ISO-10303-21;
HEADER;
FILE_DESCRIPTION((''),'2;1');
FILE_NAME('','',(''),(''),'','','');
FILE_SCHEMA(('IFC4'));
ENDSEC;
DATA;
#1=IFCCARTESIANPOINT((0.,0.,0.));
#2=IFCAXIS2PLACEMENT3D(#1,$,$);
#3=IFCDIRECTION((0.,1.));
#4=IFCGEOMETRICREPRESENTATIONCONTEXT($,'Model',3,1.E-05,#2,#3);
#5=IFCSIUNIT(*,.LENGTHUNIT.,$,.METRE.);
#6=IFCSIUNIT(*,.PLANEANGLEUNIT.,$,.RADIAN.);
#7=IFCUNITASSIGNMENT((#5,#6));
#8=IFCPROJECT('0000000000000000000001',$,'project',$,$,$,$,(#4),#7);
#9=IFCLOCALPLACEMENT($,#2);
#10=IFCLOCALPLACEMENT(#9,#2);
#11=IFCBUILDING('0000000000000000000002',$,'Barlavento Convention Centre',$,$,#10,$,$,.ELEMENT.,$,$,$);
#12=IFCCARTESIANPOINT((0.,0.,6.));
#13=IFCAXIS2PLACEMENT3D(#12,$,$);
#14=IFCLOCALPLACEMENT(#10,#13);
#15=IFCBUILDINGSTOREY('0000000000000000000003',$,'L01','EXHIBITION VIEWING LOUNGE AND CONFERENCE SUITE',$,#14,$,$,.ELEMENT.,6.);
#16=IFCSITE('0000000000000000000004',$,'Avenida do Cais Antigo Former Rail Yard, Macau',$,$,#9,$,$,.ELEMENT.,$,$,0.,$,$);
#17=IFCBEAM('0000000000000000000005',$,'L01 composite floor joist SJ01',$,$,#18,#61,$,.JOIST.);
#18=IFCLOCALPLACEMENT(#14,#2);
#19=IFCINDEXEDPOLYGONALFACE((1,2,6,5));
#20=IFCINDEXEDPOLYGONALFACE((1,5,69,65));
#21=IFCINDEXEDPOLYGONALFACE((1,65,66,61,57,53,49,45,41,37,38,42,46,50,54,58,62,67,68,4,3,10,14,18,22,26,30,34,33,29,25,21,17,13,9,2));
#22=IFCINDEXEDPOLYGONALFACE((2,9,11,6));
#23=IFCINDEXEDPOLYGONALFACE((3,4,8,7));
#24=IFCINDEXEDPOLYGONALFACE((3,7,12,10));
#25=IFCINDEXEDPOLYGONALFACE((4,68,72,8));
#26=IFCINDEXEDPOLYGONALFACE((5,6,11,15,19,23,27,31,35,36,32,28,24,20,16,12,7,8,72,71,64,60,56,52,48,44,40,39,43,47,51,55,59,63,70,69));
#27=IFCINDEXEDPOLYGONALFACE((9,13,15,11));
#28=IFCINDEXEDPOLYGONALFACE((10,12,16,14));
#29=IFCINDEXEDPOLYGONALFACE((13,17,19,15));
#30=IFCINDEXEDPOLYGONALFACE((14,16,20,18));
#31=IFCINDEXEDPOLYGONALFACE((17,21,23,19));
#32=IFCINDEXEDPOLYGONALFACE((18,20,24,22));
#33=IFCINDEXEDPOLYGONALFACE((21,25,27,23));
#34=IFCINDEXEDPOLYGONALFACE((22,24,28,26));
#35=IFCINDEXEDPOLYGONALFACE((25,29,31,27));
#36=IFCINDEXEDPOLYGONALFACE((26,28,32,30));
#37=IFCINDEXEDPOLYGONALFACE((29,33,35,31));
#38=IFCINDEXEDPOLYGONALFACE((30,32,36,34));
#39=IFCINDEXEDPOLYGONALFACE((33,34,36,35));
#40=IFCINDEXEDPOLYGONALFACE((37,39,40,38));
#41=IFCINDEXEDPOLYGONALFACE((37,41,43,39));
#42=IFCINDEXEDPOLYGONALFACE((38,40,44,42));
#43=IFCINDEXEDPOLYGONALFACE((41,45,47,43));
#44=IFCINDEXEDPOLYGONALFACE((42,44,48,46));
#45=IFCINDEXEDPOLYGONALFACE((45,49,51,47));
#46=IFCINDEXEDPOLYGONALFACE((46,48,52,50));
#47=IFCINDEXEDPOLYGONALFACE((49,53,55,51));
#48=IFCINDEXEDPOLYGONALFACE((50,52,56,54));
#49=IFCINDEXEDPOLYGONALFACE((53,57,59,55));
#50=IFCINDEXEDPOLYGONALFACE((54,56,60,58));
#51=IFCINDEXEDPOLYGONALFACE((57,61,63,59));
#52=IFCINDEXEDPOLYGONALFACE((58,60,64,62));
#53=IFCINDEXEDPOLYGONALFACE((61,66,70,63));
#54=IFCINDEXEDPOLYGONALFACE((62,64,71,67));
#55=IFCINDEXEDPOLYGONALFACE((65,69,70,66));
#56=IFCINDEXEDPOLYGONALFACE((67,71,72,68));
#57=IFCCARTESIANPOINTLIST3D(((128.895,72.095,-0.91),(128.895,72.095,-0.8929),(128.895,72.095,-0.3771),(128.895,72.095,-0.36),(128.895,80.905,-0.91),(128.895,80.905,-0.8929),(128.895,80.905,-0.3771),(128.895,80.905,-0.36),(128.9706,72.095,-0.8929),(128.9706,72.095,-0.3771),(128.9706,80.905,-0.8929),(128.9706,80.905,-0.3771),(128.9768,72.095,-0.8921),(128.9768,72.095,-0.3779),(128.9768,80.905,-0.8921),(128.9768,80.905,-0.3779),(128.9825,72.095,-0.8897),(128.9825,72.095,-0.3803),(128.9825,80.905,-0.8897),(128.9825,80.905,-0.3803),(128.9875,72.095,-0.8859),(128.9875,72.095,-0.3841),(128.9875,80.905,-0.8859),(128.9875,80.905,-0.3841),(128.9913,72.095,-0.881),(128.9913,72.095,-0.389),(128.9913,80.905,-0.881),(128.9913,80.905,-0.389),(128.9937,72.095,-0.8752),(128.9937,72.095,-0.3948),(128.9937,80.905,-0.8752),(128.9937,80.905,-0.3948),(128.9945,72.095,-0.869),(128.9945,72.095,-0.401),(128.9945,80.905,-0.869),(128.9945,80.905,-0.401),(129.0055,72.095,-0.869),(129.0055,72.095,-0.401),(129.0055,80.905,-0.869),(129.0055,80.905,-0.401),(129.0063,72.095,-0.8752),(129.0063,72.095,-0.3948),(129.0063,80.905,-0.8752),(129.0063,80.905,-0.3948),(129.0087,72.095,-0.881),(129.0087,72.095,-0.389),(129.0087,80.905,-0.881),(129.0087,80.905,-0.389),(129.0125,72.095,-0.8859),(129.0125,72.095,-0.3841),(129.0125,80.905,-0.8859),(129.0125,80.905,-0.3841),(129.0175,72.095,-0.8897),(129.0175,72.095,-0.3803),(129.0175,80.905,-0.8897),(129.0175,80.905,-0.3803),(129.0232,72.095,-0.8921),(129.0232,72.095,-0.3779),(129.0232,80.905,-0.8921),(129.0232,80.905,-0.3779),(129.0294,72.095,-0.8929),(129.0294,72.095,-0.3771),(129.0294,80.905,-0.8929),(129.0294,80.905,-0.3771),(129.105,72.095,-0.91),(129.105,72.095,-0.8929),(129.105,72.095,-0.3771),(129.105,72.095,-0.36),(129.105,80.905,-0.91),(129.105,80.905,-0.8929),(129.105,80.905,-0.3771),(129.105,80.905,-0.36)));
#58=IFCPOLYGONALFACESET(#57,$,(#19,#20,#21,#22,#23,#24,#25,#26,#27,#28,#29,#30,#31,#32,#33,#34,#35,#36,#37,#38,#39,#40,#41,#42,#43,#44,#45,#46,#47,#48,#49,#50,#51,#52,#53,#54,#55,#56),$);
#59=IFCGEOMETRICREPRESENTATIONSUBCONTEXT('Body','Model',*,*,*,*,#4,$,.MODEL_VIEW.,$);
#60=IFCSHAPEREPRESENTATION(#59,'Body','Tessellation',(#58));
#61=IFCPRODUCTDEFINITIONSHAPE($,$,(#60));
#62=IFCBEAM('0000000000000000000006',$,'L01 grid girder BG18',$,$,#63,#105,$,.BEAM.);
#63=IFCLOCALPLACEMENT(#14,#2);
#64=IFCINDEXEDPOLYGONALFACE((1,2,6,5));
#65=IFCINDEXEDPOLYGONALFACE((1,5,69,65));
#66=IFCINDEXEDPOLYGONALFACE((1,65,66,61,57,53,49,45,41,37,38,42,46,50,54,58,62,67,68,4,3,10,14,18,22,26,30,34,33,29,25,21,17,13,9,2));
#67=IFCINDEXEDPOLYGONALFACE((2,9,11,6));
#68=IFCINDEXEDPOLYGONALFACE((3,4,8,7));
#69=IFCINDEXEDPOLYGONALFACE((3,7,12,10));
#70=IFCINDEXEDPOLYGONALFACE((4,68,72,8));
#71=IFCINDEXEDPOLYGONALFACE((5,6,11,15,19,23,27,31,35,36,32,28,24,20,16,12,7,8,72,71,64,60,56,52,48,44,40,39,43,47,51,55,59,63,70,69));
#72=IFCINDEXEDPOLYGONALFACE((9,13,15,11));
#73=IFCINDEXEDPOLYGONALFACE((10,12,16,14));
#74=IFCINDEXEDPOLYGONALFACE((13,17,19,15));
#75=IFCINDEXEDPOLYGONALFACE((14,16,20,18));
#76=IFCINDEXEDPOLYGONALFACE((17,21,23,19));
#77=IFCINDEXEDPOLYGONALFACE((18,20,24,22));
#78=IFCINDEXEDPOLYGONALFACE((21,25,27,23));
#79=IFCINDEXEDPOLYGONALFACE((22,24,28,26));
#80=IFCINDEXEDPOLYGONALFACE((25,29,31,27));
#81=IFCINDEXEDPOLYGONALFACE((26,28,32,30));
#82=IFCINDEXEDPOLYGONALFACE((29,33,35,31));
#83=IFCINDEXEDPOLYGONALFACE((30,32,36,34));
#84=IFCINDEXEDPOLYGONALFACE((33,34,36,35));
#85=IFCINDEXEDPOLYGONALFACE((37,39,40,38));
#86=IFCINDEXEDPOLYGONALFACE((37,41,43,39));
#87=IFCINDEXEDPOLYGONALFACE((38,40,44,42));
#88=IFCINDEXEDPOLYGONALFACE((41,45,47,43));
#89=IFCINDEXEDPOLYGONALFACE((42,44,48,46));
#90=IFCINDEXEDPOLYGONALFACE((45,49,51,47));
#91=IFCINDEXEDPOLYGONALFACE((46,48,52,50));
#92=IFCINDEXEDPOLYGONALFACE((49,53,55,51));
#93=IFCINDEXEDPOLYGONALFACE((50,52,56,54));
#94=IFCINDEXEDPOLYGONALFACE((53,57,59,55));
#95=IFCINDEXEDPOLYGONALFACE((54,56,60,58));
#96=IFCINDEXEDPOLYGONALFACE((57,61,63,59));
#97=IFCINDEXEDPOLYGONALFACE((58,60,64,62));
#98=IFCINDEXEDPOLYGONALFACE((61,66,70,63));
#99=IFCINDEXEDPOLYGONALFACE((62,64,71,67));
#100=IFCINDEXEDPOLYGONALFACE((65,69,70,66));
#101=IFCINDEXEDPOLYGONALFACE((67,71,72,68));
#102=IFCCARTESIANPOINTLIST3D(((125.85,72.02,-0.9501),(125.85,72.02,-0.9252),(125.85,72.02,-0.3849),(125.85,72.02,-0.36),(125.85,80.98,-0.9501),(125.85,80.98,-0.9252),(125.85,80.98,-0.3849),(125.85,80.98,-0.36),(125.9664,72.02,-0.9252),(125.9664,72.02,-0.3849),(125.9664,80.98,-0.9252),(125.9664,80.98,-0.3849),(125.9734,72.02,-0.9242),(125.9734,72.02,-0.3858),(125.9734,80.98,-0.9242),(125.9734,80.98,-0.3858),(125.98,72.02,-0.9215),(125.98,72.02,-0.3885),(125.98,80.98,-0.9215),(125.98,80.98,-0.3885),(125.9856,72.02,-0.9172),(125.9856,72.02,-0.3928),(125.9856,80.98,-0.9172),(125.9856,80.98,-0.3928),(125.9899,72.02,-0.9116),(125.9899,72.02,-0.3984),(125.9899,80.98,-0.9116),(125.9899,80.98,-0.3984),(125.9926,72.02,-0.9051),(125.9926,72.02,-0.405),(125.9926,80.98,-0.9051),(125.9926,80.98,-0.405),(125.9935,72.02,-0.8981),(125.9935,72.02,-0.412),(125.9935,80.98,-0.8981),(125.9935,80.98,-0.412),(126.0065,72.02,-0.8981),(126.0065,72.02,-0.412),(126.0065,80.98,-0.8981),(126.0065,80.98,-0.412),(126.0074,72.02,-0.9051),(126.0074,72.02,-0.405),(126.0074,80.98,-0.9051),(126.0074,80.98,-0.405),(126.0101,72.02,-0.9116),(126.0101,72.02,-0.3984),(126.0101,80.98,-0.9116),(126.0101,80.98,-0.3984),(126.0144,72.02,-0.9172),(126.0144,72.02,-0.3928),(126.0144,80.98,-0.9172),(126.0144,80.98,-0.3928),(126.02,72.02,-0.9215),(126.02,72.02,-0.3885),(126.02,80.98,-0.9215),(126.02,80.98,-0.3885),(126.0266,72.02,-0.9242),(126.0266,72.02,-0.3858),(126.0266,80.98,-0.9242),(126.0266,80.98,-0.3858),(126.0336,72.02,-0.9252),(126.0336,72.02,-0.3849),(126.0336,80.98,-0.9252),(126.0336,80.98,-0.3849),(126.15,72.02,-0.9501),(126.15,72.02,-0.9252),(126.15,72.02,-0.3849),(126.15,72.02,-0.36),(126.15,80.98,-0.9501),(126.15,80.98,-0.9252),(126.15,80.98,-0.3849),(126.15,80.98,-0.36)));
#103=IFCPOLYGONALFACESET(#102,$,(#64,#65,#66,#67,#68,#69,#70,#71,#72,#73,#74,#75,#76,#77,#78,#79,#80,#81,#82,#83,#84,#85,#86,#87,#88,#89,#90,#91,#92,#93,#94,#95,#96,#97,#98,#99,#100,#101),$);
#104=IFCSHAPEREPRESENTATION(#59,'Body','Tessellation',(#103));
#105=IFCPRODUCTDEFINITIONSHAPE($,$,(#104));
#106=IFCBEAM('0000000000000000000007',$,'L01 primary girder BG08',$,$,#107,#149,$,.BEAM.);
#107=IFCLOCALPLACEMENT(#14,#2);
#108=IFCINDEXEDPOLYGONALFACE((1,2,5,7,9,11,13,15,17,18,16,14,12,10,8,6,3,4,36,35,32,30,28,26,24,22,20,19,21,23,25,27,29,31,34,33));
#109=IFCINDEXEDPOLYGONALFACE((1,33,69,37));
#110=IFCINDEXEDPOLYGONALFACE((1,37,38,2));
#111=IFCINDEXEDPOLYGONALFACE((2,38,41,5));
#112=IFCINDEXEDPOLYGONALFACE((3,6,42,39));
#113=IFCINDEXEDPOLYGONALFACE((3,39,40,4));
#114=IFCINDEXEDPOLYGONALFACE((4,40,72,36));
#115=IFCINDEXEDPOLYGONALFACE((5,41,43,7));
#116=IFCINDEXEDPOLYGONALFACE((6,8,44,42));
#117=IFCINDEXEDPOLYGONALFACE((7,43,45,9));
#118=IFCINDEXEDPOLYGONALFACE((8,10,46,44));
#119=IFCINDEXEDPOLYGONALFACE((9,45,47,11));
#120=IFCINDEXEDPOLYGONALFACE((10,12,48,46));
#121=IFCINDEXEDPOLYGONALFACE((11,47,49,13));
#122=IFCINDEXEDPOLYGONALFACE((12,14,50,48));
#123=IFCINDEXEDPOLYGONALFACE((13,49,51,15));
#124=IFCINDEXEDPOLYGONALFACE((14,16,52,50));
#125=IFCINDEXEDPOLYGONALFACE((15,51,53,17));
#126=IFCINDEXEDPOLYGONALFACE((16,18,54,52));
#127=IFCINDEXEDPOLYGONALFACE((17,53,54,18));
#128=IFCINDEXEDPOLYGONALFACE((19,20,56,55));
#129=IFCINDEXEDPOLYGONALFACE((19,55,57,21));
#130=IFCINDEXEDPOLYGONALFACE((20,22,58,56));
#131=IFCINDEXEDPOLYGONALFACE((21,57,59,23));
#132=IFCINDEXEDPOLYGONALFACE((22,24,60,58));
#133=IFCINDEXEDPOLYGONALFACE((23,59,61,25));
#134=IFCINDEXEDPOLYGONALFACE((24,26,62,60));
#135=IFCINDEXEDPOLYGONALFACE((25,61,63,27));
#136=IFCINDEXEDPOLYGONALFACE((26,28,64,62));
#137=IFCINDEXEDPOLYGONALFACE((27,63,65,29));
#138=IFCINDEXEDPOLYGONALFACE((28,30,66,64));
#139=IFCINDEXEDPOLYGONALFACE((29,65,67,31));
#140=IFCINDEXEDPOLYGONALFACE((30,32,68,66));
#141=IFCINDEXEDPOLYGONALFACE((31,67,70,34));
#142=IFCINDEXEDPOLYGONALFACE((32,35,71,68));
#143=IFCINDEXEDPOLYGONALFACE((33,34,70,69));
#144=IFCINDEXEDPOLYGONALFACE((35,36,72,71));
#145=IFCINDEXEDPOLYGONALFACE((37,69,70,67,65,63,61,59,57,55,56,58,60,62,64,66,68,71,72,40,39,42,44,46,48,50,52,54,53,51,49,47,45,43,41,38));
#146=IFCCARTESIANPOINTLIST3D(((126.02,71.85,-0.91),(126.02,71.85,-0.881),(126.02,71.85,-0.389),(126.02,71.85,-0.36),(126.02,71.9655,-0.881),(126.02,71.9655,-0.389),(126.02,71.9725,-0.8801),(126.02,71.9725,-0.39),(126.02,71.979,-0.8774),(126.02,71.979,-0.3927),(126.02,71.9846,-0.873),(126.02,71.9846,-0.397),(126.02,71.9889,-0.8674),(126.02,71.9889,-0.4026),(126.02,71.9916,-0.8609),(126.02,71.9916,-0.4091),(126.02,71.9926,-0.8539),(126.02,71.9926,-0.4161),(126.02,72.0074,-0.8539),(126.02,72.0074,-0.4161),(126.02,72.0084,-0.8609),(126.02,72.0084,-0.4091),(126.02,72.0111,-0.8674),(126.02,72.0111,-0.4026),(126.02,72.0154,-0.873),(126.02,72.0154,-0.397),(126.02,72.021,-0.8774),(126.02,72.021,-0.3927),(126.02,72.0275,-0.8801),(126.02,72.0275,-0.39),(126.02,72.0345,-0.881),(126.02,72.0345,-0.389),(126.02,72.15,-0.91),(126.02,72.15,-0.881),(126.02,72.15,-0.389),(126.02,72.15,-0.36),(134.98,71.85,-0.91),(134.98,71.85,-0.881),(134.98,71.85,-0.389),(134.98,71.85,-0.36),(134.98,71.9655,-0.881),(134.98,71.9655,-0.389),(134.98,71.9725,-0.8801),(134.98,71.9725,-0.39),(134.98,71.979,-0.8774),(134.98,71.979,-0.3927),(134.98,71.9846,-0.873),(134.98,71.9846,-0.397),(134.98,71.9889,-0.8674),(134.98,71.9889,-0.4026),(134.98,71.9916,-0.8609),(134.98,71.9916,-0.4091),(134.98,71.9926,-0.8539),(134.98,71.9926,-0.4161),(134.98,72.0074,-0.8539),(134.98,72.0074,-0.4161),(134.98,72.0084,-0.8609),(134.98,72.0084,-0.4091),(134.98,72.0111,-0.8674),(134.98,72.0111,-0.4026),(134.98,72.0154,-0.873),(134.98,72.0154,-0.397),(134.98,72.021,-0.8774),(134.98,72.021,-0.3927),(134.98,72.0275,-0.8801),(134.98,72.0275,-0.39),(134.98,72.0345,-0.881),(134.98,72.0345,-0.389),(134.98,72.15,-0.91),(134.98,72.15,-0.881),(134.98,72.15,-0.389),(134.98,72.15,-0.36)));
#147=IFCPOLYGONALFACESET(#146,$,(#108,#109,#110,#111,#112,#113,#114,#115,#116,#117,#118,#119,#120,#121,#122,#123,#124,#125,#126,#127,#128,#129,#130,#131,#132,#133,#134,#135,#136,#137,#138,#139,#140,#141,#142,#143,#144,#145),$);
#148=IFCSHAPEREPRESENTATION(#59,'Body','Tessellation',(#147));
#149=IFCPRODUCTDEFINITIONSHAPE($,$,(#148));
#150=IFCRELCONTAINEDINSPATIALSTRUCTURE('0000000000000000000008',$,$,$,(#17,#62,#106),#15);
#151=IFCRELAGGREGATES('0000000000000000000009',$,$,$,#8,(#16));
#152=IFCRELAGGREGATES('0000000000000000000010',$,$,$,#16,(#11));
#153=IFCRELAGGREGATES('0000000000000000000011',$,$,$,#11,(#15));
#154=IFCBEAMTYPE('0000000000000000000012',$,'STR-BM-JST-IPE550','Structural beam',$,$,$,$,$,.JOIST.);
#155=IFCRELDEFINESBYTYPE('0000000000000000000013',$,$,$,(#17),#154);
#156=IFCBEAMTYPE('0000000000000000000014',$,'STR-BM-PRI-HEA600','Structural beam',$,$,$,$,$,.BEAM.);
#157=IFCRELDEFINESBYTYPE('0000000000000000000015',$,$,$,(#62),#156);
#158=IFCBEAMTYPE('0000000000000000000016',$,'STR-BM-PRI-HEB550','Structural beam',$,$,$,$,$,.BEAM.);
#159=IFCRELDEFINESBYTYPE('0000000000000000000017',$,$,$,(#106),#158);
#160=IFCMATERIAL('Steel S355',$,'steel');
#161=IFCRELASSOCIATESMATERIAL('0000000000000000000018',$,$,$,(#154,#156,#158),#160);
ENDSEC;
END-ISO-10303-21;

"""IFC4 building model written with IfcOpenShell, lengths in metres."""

from ifc_helpers import new_model, si_unit, direction, frame, origin, origin_2d, place, context, subcontext, project, spatial, i_section, extrude, material, material_profile, profile_set, type_object, element, save


model = new_model("IFC4")

# Units and contexts
model_context = context("Model", 3, precision=1e-05, world=origin(), true_north=direction((0.0, 1.0)))
body_context = subcontext(model_context, "Body", "Model", "MODEL_VIEW")
ifc_project = project(units=[si_unit("LENGTHUNIT", "METRE"), si_unit("PLANEANGLEUNIT", "RADIAN")], contexts=[model_context])

# Site, building, storey
site_placement = place(None, origin())
site = spatial("IfcSite", under=ifc_project, at=site_placement, Name="Avenida do Cais Antigo Former Rail Yard, Macau", CompositionType="ELEMENT", RefElevation=0.0)
building_placement = place(site_placement, origin())
building = spatial("IfcBuilding", under=site, at=building_placement, Name="Barlavento Convention Centre", CompositionType="ELEMENT")
storey_placement = place(building_placement, frame((0.0, 0.0, 6.0)))
storey = spatial("IfcBuildingStorey", under=building, at=storey_placement, Name="L01", Description="EXHIBITION VIEWING LOUNGE AND CONFERENCE SUITE", CompositionType="ELEMENT", Elevation=6.0)

# Shared definitions
ifc_material_1 = material(Name="Steel S355", Category="steel")

# Beams
ifc_material_profile_1 = material_profile(ifc_material_1, i_section(OverallWidth=0.21, OverallDepth=0.55, WebThickness=0.011, FlangeThickness=0.0171, FilletRadius=0.0239, at=origin_2d()), Name="IPE 550")
ifc_profile_set_1 = profile_set([ifc_material_profile_1], Name="Steel S355")
beam_type_1 = type_object("IfcBeamType", Name="STR-BM-JST-IPE550", Description="Structural beam", PredefinedType="JOIST", material=ifc_profile_set_1)
beam_1_placement = place(storey_placement, frame((129.0, 72.095, -0.635), z_axis=(0.0, 1.0, 0.0), x_axis=(-1.0, 0.0, 0.0)))
element("IfcBeam", 1, at=beam_1_placement, inside=storey, type_object=beam_type_1, Name="L01 composite floor joist SJ01", PredefinedType="JOIST", context=body_context, shape_type="SweptSolid", body=[
    extrude(i_section(OverallWidth=0.21, OverallDepth=0.55, WebThickness=0.011, FlangeThickness=0.0171, FilletRadius=0.0239, at=origin_2d()), origin(), (0.0, 0.0, 1.0), 8.8101),
])
ifc_material_profile_2 = material_profile(ifc_material_1, i_section(OverallWidth=0.3, OverallDepth=0.5901, WebThickness=0.0129, FlangeThickness=0.0249, FilletRadius=0.0271, at=origin_2d()), Name="HEA 600")
ifc_profile_set_2 = profile_set([ifc_material_profile_2], Name="Steel S355")
beam_type_2 = type_object("IfcBeamType", Name="STR-BM-PRI-HEA600", Description="Structural beam", PredefinedType="BEAM", material=ifc_profile_set_2)
beam_2_placement = place(storey_placement, frame((126.0, 72.02, -0.655), z_axis=(0.0, 1.0, 0.0), x_axis=(-1.0, 0.0, 0.0)))
element("IfcBeam", 2, at=beam_2_placement, inside=storey, type_object=beam_type_2, Name="L01 grid girder BG18", PredefinedType="BEAM", context=body_context, shape_type="SweptSolid", body=[
    extrude(i_section(OverallWidth=0.3, OverallDepth=0.5901, WebThickness=0.0129, FlangeThickness=0.0249, FilletRadius=0.0271, at=origin_2d()), origin(), (0.0, 0.0, 1.0), 8.96),
])
ifc_material_profile_3 = material_profile(ifc_material_1, i_section(OverallWidth=0.3, OverallDepth=0.55, WebThickness=0.0149, FlangeThickness=0.0291, FilletRadius=0.0271, at=origin_2d()), Name="HEB 550")
ifc_profile_set_3 = profile_set([ifc_material_profile_3], Name="Steel S355")
beam_type_3 = type_object("IfcBeamType", Name="STR-BM-PRI-HEB550", Description="Structural beam", PredefinedType="BEAM", material=ifc_profile_set_3)
beam_3_placement = place(storey_placement, frame((126.02, 72.0, -0.635), z_axis=(1.0, 0.0, 0.0), x_axis=(0.0, 1.0, 0.0)))
element("IfcBeam", 3, at=beam_3_placement, inside=storey, type_object=beam_type_3, Name="L01 primary girder BG08", PredefinedType="BEAM", context=body_context, shape_type="SweptSolid", body=[
    extrude(i_section(OverallWidth=0.3, OverallDepth=0.55, WebThickness=0.0149, FlangeThickness=0.0291, FilletRadius=0.0271, at=origin_2d()), origin(), (0.0, 0.0, 1.0), 8.96),
])

save(model, "model.ifc")
